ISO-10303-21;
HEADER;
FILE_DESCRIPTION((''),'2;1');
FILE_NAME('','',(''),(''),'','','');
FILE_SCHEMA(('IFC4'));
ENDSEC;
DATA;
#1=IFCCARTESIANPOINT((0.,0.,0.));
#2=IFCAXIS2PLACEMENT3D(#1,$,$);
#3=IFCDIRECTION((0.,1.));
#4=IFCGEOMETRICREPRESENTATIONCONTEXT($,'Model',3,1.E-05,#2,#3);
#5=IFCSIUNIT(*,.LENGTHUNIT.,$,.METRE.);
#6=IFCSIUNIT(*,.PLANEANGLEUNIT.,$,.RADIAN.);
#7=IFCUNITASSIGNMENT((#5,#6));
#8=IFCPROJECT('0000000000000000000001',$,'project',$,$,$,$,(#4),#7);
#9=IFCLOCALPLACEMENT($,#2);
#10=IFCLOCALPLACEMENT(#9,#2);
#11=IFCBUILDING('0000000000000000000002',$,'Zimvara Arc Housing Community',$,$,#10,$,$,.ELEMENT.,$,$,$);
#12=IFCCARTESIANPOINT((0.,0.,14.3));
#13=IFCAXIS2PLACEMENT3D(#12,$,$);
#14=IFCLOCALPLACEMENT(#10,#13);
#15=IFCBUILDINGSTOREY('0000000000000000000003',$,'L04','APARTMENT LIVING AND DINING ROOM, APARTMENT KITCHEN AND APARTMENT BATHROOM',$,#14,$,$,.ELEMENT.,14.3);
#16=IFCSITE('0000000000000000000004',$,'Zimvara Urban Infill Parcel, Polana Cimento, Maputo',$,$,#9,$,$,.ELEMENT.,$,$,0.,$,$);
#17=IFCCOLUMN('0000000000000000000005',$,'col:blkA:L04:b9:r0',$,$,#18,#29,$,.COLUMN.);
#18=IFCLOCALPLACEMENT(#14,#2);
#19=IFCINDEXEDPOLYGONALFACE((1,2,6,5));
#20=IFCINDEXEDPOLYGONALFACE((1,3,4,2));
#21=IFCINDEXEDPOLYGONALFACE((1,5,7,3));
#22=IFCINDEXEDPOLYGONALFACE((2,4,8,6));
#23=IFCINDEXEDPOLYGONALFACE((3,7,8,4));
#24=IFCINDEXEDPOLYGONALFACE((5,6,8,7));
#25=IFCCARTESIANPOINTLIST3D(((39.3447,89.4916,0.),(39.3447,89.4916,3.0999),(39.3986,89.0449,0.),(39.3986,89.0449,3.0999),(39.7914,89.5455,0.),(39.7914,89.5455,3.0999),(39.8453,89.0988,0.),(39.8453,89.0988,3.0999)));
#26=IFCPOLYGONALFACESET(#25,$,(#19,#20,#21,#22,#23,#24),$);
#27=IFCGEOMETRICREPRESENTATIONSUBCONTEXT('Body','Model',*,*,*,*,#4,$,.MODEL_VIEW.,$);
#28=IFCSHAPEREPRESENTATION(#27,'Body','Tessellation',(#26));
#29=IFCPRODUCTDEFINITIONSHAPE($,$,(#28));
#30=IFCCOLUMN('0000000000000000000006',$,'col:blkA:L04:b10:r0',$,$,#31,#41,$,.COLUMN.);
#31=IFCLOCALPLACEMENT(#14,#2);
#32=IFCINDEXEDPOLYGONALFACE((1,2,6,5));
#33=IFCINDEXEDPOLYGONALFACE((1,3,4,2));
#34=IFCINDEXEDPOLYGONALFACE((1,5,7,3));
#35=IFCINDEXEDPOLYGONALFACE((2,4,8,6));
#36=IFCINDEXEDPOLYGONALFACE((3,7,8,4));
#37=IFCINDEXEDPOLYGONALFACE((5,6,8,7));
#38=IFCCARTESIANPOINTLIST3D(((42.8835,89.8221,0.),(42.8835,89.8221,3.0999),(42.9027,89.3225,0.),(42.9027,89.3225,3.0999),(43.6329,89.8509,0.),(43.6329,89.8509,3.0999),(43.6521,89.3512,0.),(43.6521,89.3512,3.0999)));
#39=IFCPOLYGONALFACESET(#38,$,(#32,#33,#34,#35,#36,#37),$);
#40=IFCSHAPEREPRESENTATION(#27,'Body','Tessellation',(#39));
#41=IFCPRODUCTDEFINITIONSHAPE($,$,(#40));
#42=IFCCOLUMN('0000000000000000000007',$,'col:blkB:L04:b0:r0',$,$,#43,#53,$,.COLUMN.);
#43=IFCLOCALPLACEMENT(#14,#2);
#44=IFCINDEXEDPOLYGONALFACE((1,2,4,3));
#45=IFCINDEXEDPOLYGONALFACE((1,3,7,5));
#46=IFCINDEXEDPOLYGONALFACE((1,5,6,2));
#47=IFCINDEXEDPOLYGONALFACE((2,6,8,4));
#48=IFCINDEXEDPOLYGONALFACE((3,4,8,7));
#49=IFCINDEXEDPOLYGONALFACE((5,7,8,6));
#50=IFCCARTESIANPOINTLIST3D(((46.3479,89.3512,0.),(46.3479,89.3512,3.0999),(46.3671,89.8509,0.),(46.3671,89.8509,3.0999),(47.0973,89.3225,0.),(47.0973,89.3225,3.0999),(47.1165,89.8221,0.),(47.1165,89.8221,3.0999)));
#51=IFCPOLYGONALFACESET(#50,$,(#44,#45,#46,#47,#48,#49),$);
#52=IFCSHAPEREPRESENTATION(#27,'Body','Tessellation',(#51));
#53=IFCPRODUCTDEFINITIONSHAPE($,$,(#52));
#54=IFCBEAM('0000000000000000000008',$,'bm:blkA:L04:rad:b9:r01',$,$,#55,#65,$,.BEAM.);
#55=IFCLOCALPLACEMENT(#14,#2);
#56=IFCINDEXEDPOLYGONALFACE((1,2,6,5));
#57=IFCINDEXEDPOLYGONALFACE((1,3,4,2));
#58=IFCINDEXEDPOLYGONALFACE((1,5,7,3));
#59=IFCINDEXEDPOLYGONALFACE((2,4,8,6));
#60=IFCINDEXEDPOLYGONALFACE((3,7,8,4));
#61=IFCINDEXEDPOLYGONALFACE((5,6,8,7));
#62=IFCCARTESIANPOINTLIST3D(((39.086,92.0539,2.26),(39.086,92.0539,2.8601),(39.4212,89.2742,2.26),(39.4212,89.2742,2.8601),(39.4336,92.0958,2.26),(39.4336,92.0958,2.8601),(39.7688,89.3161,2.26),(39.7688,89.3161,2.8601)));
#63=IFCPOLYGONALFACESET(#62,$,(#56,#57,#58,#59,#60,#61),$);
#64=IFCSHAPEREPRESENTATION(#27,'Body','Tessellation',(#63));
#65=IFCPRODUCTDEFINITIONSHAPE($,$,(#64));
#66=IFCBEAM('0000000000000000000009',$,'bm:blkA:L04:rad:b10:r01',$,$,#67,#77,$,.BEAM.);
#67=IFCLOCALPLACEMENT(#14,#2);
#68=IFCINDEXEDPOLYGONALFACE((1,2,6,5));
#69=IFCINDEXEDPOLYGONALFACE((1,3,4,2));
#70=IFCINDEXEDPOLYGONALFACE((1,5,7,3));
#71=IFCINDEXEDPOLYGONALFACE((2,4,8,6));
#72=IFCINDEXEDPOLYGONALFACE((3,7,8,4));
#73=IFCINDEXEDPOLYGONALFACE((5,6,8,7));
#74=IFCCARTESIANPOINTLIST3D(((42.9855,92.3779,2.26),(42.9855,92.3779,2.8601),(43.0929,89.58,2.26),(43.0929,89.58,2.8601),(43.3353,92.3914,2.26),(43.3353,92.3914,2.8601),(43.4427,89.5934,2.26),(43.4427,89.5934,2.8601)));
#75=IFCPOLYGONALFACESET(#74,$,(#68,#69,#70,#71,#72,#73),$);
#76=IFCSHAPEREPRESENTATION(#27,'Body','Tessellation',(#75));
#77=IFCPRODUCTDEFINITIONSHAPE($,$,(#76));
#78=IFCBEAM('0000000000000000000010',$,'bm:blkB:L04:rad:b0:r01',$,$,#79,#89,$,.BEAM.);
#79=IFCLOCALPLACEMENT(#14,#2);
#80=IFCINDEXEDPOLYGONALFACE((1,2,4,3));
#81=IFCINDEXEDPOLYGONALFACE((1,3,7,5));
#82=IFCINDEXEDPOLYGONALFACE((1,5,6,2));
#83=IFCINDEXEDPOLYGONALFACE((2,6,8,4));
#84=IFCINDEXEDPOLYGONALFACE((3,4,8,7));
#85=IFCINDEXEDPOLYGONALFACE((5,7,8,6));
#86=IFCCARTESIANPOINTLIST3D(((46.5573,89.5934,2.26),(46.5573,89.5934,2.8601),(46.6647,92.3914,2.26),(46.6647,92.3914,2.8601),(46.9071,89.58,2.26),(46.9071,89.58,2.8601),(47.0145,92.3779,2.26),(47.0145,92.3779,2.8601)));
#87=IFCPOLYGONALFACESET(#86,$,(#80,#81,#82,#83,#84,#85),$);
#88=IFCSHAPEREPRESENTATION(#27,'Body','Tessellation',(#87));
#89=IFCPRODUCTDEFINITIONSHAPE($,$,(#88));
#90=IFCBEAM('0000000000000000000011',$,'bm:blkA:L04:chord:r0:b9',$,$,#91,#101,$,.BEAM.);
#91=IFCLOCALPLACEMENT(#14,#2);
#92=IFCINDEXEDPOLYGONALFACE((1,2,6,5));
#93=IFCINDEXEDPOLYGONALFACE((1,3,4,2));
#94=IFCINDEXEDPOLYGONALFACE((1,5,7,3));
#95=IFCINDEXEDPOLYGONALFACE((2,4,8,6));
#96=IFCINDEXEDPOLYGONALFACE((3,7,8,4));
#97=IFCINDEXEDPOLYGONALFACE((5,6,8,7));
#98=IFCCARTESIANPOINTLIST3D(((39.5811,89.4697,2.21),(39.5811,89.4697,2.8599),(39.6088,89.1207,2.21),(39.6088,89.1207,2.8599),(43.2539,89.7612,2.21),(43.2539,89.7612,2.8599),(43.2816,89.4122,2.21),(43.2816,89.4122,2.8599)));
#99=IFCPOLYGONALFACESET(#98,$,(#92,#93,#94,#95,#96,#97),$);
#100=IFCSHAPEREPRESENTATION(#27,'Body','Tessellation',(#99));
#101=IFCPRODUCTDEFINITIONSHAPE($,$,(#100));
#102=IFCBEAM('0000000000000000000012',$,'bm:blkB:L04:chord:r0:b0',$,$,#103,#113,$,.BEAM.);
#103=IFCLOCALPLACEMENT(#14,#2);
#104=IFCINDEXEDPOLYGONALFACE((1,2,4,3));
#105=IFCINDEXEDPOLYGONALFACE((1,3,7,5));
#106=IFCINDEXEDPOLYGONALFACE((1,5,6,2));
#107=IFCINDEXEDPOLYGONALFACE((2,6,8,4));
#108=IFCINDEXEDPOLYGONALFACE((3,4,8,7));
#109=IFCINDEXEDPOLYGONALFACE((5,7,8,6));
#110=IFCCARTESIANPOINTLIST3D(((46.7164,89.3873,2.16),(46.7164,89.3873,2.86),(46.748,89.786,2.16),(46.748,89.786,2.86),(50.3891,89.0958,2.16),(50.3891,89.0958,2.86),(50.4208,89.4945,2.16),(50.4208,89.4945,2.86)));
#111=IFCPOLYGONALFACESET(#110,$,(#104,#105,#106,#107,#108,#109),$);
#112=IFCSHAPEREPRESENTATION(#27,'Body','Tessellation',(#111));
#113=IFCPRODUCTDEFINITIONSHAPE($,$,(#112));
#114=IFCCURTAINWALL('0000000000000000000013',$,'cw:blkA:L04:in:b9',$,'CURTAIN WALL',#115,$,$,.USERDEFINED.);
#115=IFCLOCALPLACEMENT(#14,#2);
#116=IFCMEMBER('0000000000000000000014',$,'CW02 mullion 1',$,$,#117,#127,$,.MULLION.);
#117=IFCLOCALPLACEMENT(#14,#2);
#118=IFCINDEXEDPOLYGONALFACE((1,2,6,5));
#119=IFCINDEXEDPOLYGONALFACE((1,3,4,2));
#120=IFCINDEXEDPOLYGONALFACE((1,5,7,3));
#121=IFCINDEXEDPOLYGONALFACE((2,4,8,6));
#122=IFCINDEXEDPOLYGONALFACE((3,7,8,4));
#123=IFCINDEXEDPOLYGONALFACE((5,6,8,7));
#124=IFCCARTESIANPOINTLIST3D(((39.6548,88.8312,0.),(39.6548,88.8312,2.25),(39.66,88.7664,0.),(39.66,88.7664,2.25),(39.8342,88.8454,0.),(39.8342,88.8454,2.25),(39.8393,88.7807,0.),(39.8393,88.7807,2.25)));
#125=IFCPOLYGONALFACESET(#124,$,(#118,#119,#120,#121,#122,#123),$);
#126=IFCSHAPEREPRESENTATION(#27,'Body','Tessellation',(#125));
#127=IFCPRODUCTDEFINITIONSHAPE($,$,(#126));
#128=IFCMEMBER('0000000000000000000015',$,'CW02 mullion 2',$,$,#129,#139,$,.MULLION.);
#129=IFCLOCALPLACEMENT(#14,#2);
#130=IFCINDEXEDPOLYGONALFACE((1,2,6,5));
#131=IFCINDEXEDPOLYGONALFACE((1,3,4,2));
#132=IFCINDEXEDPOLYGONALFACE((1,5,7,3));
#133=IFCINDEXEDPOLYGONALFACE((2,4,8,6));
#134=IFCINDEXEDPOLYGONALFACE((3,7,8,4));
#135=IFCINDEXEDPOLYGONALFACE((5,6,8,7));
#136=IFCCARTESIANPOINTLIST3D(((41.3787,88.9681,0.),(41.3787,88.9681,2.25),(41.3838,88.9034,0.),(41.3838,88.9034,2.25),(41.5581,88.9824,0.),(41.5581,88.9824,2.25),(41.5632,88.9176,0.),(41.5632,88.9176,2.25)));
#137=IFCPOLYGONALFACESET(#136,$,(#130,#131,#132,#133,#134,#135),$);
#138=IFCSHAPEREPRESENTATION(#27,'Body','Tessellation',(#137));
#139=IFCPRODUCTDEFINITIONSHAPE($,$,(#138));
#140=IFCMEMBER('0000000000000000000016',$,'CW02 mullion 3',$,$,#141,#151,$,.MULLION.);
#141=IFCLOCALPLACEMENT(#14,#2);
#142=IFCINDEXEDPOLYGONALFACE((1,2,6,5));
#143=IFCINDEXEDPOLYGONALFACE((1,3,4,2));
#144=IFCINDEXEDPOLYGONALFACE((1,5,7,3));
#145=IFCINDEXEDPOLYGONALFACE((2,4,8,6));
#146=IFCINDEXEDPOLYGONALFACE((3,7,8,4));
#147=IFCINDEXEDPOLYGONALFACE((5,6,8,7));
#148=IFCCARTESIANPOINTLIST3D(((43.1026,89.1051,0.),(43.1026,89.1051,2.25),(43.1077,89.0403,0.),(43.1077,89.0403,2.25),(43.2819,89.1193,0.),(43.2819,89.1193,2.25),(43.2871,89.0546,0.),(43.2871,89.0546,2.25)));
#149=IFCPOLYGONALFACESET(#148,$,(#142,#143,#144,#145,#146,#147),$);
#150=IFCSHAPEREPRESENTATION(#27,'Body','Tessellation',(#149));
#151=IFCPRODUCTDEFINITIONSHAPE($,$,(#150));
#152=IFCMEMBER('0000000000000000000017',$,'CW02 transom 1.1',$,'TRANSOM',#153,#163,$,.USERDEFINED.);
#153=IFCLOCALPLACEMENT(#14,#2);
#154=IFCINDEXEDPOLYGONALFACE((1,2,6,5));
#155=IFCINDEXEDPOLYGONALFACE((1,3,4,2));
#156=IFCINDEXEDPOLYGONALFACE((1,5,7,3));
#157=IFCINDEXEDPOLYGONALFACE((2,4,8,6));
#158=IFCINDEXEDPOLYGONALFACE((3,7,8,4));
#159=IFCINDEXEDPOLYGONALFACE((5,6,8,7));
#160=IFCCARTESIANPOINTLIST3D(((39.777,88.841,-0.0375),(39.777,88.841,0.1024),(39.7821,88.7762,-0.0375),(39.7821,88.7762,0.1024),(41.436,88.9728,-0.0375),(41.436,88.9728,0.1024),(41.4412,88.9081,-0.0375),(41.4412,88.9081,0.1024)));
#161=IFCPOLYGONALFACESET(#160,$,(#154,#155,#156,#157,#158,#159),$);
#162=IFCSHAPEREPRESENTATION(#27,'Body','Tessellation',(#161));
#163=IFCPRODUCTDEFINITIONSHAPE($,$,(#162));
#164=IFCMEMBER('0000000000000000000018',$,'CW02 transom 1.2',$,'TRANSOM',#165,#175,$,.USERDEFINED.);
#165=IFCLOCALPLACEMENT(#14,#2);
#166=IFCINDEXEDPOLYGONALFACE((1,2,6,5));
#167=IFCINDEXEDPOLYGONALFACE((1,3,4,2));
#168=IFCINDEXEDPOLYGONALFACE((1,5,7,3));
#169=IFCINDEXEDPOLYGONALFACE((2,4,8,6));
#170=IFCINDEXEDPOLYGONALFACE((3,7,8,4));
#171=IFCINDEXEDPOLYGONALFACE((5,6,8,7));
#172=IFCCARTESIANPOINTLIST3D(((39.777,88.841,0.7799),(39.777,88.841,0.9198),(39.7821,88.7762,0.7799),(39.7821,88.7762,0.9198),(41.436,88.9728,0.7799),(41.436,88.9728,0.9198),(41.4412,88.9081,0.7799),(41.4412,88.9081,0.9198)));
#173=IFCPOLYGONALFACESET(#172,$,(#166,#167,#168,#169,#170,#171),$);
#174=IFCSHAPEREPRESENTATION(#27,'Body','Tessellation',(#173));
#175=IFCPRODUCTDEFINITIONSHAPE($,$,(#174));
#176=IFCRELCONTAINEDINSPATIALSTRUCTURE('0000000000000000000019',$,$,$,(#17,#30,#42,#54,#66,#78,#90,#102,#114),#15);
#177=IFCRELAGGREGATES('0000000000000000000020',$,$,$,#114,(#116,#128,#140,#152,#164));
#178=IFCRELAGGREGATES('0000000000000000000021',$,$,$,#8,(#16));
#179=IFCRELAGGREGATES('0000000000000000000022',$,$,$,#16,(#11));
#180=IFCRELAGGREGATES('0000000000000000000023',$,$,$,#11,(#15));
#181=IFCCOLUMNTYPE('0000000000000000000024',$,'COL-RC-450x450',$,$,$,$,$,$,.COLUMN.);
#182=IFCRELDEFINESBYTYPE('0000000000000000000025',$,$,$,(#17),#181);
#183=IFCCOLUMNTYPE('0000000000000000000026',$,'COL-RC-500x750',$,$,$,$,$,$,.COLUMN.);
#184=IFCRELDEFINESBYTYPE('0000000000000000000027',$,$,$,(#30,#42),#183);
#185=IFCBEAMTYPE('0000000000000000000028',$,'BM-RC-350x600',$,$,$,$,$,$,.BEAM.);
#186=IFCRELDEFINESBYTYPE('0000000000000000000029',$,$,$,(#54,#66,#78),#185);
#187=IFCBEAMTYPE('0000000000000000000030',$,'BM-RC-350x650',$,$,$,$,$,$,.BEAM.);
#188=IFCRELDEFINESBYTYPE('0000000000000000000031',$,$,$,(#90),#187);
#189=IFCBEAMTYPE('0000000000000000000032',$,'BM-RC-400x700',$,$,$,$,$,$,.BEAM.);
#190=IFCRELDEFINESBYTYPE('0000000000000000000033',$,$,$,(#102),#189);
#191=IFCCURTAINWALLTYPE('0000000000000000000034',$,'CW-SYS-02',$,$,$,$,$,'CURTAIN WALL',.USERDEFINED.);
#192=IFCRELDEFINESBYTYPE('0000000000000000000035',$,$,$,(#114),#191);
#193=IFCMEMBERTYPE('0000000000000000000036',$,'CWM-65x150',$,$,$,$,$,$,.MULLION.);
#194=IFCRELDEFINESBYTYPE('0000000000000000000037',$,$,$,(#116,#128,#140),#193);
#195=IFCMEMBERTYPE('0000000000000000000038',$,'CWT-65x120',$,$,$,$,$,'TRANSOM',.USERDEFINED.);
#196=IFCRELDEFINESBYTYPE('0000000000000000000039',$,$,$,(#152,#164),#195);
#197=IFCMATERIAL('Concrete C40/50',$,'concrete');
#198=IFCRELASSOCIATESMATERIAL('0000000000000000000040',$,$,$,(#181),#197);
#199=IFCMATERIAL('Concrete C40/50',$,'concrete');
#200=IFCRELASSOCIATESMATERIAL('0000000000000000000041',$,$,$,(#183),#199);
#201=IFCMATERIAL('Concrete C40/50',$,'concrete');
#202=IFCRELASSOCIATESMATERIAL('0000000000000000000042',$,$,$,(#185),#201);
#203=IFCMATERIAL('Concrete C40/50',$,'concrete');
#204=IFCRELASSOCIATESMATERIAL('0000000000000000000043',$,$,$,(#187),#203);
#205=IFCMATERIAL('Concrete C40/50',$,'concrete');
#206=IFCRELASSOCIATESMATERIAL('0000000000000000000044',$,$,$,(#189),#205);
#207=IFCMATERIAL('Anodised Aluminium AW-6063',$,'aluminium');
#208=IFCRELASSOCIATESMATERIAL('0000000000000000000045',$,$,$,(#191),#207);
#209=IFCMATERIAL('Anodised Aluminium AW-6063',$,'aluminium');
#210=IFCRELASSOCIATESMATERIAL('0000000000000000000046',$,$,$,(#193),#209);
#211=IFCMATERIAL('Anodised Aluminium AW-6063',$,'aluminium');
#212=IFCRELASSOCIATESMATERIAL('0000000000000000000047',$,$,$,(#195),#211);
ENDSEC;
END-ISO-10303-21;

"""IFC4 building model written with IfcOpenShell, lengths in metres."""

from ifc_helpers import new_model, si_unit, direction, frame, origin, origin_2d, place, context, subcontext, project, spatial, rectangle, extrude, material, material_profile, profile_set, type_object, element, aggregate, save


model = new_model("IFC4")

# Units and contexts
model_context = context("Model", 3, precision=1e-05, world=origin(), true_north=direction((0.0, 1.0)))
body_context = subcontext(model_context, "Body", "Model", "MODEL_VIEW")
ifc_project = project(units=[si_unit("LENGTHUNIT", "METRE"), si_unit("PLANEANGLEUNIT", "RADIAN")], contexts=[model_context])

# Site, building, storey
site_placement = place(None, origin())
site = spatial("IfcSite", under=ifc_project, at=site_placement, Name="Zimvara Urban Infill Parcel, Polana Cimento, Maputo", CompositionType="ELEMENT", RefElevation=0.0)
building_placement = place(site_placement, origin())
building = spatial("IfcBuilding", under=site, at=building_placement, Name="Zimvara Arc Housing Community", CompositionType="ELEMENT")
storey_placement = place(building_placement, frame((0.0, 0.0, 14.3)))
storey = spatial("IfcBuildingStorey", under=building, at=storey_placement, Name="L04", Description="APARTMENT LIVING AND DINING ROOM, APARTMENT KITCHEN AND APARTMENT BATHROOM", CompositionType="ELEMENT", Elevation=14.3)

# Columns
ifc_material_1 = material(Name="Concrete C40/50", Category="concrete")
ifc_material_profile_1 = material_profile(ifc_material_1, rectangle(XDim=0.45, YDim=0.45, at=origin_2d()), Name="RC 450x450")
ifc_profile_set_1 = profile_set([ifc_material_profile_1], Name="Concrete C40/50")
column_type_1 = type_object("IfcColumnType", Name="COL-RC-450x450", PredefinedType="COLUMN", material=ifc_profile_set_1)
column_placement = place(storey_placement, frame((39.595, 89.2952, 0.0), z_axis=(0.0, 0.0, 1.0), x_axis=(-0.11979, 0.992799, 0.0)))
element("IfcColumn", 1, at=column_placement, inside=storey, type_object=column_type_1, Name="col:blkA:L04:b9:r0", PredefinedType="COLUMN", context=body_context, shape_type="SweptSolid", body=[
    extrude(rectangle(XDim=0.45, YDim=0.45, at=origin_2d()), origin(), (0.0, 0.0, 1.0), 3.0999),
])
ifc_material_2 = material(Name="Concrete C40/50", Category="concrete")
ifc_material_profile_2 = material_profile(ifc_material_2, rectangle(XDim=0.5, YDim=0.75, at=origin_2d()), Name="RC 500x750")
ifc_profile_set_2 = profile_set([ifc_material_profile_2], Name="Concrete C40/50")
column_type_2 = type_object("IfcColumnType", Name="COL-RC-500x750", PredefinedType="COLUMN", material=ifc_profile_set_2)
for number, where, z_axis, x_axis, name in (
    (2, (43.2678, 89.5867, 0.0), (0.0, 0.0, 1.0), (-0.038388, 0.999263, 0.0), "col:blkA:L04:b10:r0"),
    (3, (46.7322, 89.5867, 0.0), (0.0, 0.0, 1.0), (0.038388, 0.999263, 0.0), "col:blkB:L04:b0:r0"),
):
    element("IfcColumn", number, at=place(storey_placement, frame(where, z_axis=z_axis, x_axis=x_axis)), inside=storey, type_object=column_type_2, Name=name, PredefinedType="COLUMN", context=body_context, shape_type="SweptSolid", body=[
        extrude(rectangle(XDim=0.5, YDim=0.75, at=origin_2d()), origin(), (0.0, 0.0, 1.0), 3.0999),
    ])

# Beams
ifc_material_3 = material(Name="Concrete C40/50", Category="concrete")
ifc_material_profile_3 = material_profile(ifc_material_3, rectangle(XDim=0.3501, YDim=0.6001, at=origin_2d()), Name="RC 350x600")
ifc_profile_set_3 = profile_set([ifc_material_profile_3], Name="Concrete C40/50")
beam_type_1 = type_object("IfcBeamType", Name="BM-RC-350x600", PredefinedType="BEAM", material=ifc_profile_set_3)
beam_1_placement = place(storey_placement, frame((39.595, 89.2952, 2.5601), z_axis=(-0.119719, 0.992808, 0.0), x_axis=(-0.992808, -0.119719, 0.0)))
element("IfcBeam", 4, at=beam_1_placement, inside=storey, type_object=beam_type_1, Name="bm:blkA:L04:rad:b9:r01", PredefinedType="BEAM", context=body_context, shape_type="SweptSolid", body=[
    extrude(rectangle(XDim=0.3501, YDim=0.6001, at=origin_2d()), origin(), (0.0, 0.0, 1.0), 2.7998),
])
for number, where, z_axis, x_axis, name in (
    (5, (43.2678, 89.5867, 2.5601), (-0.038363, 0.999264, 0.0), (-0.999264, -0.038363, 0.0), "bm:blkA:L04:rad:b10:r01"),
    (6, (46.7322, 89.5867, 2.5601), (0.038363, 0.999264, 0.0), (-0.999264, 0.038363, 0.0), "bm:blkB:L04:rad:b0:r01"),
):
    element("IfcBeam", number, at=place(storey_placement, frame(where, z_axis=z_axis, x_axis=x_axis)), inside=storey, type_object=beam_type_1, Name=name, PredefinedType="BEAM", context=body_context, shape_type="SweptSolid", body=[
        extrude(rectangle(XDim=0.3501, YDim=0.6001, at=origin_2d()), origin(), (0.0, 0.0, 1.0), 2.8),
    ])
ifc_material_4 = material(Name="Concrete C40/50", Category="concrete")
ifc_material_profile_4 = material_profile(ifc_material_4, rectangle(XDim=0.3501, YDim=0.6499, at=origin_2d()), Name="RC 350x650")
ifc_profile_set_4 = profile_set([ifc_material_profile_4], Name="Concrete C40/50")
beam_type_2 = type_object("IfcBeamType", Name="BM-RC-350x650", PredefinedType="BEAM", material=ifc_profile_set_4)
beam_2_placement = place(storey_placement, frame((39.595, 89.2952, 2.5349), z_axis=(0.996865, 0.079118, 0.0), x_axis=(-0.079118, 0.996865, 0.0)))
element("IfcBeam", 7, at=beam_2_placement, inside=storey, type_object=beam_type_2, Name="bm:blkA:L04:chord:r0:b9", PredefinedType="BEAM", context=body_context, shape_type="SweptSolid", body=[
    extrude(rectangle(XDim=0.3501, YDim=0.6499, at=origin_2d()), origin(), (0.0, 0.0, 1.0), 3.6843),
])
ifc_material_5 = material(Name="Concrete C40/50", Category="concrete")
ifc_material_profile_5 = material_profile(ifc_material_5, rectangle(XDim=0.3999, YDim=0.7, at=origin_2d()), Name="RC 400x700")
ifc_profile_set_5 = profile_set([ifc_material_profile_5], Name="Concrete C40/50")
beam_type_3 = type_object("IfcBeamType", Name="BM-RC-400x700", PredefinedType="BEAM", material=ifc_profile_set_5)
beam_3_placement = place(storey_placement, frame((46.7322, 89.5867, 2.51), z_axis=(0.996865, -0.079118, 0.0), x_axis=(0.079118, 0.996865, 0.0)))
element("IfcBeam", 8, at=beam_3_placement, inside=storey, type_object=beam_type_3, Name="bm:blkB:L04:chord:r0:b0", PredefinedType="BEAM", context=body_context, shape_type="SweptSolid", body=[
    extrude(rectangle(XDim=0.3999, YDim=0.7, at=origin_2d()), origin(), (0.0, 0.0, 1.0), 3.6843),
])

# Curtain wall, members
ifc_material_6 = material(Name="Anodised Aluminium AW-6063", Category="aluminium")
curtain_wall_type = type_object("IfcCurtainWallType", Name="CW-SYS-02", ElementType="CURTAIN WALL", PredefinedType="USERDEFINED", material=ifc_material_6)
curtain_wall_placement = place(storey_placement, origin())
curtain_wall = element("IfcCurtainWall", 9, at=curtain_wall_placement, inside=storey, type_object=curtain_wall_type, Name="cw:blkA:L04:in:b9", ObjectType="CURTAIN WALL", PredefinedType="USERDEFINED")
ifc_material_7 = material(Name="Anodised Aluminium AW-6063", Category="aluminium")
ifc_material_profile_6 = material_profile(ifc_material_7, rectangle(XDim=0.0649, YDim=0.1799, at=origin_2d()), Name="ALU 65x180")
ifc_profile_set_6 = profile_set([ifc_material_profile_6], Name="Anodised Aluminium AW-6063")
member_type_1 = type_object("IfcMemberType", Name="CWM-65x150", PredefinedType="MULLION", material=ifc_profile_set_6)
member_1_placement = place(storey_placement, frame((39.7471, 88.8059, 0.0), z_axis=(0.0, 0.0, 1.0), x_axis=(-0.079155, 0.996862, 0.0)))
member_1 = element("IfcMember", 10, at=member_1_placement, type_object=member_type_1, Name="CW02 mullion 1", PredefinedType="MULLION", context=body_context, shape_type="SweptSolid", body=[
    extrude(rectangle(XDim=0.0649, YDim=0.1799, at=origin_2d()), origin(), (0.0, 0.0, 1.0), 2.25),
])
member_2_placement = place(storey_placement, frame((41.4709, 88.9429, 0.0), z_axis=(0.0, 0.0, 1.0), x_axis=(-0.079155, 0.996862, 0.0)))
member_2 = element("IfcMember", 11, at=member_2_placement, type_object=member_type_1, Name="CW02 mullion 2", PredefinedType="MULLION", context=body_context, shape_type="SweptSolid", body=[
    extrude(rectangle(XDim=0.0649, YDim=0.1799, at=origin_2d()), origin(), (0.0, 0.0, 1.0), 2.25),
])
member_3_placement = place(storey_placement, frame((43.1948, 89.0798, 0.0), z_axis=(0.0, 0.0, 1.0), x_axis=(-0.079155, 0.996862, 0.0)))
member_3 = element("IfcMember", 12, at=member_3_placement, type_object=member_type_1, Name="CW02 mullion 3", PredefinedType="MULLION", context=body_context, shape_type="SweptSolid", body=[
    extrude(rectangle(XDim=0.0649, YDim=0.1799, at=origin_2d()), origin(), (0.0, 0.0, 1.0), 2.25),
])
ifc_material_8 = material(Name="Anodised Aluminium AW-6063", Category="aluminium")
ifc_material_profile_7 = material_profile(ifc_material_8, rectangle(XDim=0.0649, YDim=0.1399, at=origin_2d()), Name="ALU 65x140")
ifc_profile_set_7 = profile_set([ifc_material_profile_7], Name="Anodised Aluminium AW-6063")
member_type_2 = type_object("IfcMemberType", Name="CWT-65x120", ElementType="TRANSOM", PredefinedType="USERDEFINED", material=ifc_profile_set_7)
member_4_placement = place(storey_placement, frame((39.7795, 88.8086, 0.0325), z_axis=(0.996858, 0.079209, 0.0), x_axis=(-0.079209, 0.996858, 0.0)))
member_4 = element("IfcMember", 13, at=member_4_placement, type_object=member_type_2, Name="CW02 transom 1.1", ObjectType="TRANSOM", PredefinedType="USERDEFINED", context=body_context, shape_type="SweptSolid", body=[
    extrude(rectangle(XDim=0.0649, YDim=0.1399, at=origin_2d()), origin(), (0.0, 0.0, 1.0), 1.6643),
])
member_5_placement = place(storey_placement, frame((39.7795, 88.8086, 0.8499), z_axis=(0.996858, 0.079209, 0.0), x_axis=(-0.079209, 0.996858, 0.0)))
member_5 = element("IfcMember", 14, at=member_5_placement, type_object=member_type_2, Name="CW02 transom 1.2", ObjectType="TRANSOM", PredefinedType="USERDEFINED", context=body_context, shape_type="SweptSolid", body=[
    extrude(rectangle(XDim=0.0649, YDim=0.1399, at=origin_2d()), origin(), (0.0, 0.0, 1.0), 1.6643),
])
aggregate(curtain_wall, [member_1, member_2, member_3, member_4, member_5])

save(model, "model.ifc")
